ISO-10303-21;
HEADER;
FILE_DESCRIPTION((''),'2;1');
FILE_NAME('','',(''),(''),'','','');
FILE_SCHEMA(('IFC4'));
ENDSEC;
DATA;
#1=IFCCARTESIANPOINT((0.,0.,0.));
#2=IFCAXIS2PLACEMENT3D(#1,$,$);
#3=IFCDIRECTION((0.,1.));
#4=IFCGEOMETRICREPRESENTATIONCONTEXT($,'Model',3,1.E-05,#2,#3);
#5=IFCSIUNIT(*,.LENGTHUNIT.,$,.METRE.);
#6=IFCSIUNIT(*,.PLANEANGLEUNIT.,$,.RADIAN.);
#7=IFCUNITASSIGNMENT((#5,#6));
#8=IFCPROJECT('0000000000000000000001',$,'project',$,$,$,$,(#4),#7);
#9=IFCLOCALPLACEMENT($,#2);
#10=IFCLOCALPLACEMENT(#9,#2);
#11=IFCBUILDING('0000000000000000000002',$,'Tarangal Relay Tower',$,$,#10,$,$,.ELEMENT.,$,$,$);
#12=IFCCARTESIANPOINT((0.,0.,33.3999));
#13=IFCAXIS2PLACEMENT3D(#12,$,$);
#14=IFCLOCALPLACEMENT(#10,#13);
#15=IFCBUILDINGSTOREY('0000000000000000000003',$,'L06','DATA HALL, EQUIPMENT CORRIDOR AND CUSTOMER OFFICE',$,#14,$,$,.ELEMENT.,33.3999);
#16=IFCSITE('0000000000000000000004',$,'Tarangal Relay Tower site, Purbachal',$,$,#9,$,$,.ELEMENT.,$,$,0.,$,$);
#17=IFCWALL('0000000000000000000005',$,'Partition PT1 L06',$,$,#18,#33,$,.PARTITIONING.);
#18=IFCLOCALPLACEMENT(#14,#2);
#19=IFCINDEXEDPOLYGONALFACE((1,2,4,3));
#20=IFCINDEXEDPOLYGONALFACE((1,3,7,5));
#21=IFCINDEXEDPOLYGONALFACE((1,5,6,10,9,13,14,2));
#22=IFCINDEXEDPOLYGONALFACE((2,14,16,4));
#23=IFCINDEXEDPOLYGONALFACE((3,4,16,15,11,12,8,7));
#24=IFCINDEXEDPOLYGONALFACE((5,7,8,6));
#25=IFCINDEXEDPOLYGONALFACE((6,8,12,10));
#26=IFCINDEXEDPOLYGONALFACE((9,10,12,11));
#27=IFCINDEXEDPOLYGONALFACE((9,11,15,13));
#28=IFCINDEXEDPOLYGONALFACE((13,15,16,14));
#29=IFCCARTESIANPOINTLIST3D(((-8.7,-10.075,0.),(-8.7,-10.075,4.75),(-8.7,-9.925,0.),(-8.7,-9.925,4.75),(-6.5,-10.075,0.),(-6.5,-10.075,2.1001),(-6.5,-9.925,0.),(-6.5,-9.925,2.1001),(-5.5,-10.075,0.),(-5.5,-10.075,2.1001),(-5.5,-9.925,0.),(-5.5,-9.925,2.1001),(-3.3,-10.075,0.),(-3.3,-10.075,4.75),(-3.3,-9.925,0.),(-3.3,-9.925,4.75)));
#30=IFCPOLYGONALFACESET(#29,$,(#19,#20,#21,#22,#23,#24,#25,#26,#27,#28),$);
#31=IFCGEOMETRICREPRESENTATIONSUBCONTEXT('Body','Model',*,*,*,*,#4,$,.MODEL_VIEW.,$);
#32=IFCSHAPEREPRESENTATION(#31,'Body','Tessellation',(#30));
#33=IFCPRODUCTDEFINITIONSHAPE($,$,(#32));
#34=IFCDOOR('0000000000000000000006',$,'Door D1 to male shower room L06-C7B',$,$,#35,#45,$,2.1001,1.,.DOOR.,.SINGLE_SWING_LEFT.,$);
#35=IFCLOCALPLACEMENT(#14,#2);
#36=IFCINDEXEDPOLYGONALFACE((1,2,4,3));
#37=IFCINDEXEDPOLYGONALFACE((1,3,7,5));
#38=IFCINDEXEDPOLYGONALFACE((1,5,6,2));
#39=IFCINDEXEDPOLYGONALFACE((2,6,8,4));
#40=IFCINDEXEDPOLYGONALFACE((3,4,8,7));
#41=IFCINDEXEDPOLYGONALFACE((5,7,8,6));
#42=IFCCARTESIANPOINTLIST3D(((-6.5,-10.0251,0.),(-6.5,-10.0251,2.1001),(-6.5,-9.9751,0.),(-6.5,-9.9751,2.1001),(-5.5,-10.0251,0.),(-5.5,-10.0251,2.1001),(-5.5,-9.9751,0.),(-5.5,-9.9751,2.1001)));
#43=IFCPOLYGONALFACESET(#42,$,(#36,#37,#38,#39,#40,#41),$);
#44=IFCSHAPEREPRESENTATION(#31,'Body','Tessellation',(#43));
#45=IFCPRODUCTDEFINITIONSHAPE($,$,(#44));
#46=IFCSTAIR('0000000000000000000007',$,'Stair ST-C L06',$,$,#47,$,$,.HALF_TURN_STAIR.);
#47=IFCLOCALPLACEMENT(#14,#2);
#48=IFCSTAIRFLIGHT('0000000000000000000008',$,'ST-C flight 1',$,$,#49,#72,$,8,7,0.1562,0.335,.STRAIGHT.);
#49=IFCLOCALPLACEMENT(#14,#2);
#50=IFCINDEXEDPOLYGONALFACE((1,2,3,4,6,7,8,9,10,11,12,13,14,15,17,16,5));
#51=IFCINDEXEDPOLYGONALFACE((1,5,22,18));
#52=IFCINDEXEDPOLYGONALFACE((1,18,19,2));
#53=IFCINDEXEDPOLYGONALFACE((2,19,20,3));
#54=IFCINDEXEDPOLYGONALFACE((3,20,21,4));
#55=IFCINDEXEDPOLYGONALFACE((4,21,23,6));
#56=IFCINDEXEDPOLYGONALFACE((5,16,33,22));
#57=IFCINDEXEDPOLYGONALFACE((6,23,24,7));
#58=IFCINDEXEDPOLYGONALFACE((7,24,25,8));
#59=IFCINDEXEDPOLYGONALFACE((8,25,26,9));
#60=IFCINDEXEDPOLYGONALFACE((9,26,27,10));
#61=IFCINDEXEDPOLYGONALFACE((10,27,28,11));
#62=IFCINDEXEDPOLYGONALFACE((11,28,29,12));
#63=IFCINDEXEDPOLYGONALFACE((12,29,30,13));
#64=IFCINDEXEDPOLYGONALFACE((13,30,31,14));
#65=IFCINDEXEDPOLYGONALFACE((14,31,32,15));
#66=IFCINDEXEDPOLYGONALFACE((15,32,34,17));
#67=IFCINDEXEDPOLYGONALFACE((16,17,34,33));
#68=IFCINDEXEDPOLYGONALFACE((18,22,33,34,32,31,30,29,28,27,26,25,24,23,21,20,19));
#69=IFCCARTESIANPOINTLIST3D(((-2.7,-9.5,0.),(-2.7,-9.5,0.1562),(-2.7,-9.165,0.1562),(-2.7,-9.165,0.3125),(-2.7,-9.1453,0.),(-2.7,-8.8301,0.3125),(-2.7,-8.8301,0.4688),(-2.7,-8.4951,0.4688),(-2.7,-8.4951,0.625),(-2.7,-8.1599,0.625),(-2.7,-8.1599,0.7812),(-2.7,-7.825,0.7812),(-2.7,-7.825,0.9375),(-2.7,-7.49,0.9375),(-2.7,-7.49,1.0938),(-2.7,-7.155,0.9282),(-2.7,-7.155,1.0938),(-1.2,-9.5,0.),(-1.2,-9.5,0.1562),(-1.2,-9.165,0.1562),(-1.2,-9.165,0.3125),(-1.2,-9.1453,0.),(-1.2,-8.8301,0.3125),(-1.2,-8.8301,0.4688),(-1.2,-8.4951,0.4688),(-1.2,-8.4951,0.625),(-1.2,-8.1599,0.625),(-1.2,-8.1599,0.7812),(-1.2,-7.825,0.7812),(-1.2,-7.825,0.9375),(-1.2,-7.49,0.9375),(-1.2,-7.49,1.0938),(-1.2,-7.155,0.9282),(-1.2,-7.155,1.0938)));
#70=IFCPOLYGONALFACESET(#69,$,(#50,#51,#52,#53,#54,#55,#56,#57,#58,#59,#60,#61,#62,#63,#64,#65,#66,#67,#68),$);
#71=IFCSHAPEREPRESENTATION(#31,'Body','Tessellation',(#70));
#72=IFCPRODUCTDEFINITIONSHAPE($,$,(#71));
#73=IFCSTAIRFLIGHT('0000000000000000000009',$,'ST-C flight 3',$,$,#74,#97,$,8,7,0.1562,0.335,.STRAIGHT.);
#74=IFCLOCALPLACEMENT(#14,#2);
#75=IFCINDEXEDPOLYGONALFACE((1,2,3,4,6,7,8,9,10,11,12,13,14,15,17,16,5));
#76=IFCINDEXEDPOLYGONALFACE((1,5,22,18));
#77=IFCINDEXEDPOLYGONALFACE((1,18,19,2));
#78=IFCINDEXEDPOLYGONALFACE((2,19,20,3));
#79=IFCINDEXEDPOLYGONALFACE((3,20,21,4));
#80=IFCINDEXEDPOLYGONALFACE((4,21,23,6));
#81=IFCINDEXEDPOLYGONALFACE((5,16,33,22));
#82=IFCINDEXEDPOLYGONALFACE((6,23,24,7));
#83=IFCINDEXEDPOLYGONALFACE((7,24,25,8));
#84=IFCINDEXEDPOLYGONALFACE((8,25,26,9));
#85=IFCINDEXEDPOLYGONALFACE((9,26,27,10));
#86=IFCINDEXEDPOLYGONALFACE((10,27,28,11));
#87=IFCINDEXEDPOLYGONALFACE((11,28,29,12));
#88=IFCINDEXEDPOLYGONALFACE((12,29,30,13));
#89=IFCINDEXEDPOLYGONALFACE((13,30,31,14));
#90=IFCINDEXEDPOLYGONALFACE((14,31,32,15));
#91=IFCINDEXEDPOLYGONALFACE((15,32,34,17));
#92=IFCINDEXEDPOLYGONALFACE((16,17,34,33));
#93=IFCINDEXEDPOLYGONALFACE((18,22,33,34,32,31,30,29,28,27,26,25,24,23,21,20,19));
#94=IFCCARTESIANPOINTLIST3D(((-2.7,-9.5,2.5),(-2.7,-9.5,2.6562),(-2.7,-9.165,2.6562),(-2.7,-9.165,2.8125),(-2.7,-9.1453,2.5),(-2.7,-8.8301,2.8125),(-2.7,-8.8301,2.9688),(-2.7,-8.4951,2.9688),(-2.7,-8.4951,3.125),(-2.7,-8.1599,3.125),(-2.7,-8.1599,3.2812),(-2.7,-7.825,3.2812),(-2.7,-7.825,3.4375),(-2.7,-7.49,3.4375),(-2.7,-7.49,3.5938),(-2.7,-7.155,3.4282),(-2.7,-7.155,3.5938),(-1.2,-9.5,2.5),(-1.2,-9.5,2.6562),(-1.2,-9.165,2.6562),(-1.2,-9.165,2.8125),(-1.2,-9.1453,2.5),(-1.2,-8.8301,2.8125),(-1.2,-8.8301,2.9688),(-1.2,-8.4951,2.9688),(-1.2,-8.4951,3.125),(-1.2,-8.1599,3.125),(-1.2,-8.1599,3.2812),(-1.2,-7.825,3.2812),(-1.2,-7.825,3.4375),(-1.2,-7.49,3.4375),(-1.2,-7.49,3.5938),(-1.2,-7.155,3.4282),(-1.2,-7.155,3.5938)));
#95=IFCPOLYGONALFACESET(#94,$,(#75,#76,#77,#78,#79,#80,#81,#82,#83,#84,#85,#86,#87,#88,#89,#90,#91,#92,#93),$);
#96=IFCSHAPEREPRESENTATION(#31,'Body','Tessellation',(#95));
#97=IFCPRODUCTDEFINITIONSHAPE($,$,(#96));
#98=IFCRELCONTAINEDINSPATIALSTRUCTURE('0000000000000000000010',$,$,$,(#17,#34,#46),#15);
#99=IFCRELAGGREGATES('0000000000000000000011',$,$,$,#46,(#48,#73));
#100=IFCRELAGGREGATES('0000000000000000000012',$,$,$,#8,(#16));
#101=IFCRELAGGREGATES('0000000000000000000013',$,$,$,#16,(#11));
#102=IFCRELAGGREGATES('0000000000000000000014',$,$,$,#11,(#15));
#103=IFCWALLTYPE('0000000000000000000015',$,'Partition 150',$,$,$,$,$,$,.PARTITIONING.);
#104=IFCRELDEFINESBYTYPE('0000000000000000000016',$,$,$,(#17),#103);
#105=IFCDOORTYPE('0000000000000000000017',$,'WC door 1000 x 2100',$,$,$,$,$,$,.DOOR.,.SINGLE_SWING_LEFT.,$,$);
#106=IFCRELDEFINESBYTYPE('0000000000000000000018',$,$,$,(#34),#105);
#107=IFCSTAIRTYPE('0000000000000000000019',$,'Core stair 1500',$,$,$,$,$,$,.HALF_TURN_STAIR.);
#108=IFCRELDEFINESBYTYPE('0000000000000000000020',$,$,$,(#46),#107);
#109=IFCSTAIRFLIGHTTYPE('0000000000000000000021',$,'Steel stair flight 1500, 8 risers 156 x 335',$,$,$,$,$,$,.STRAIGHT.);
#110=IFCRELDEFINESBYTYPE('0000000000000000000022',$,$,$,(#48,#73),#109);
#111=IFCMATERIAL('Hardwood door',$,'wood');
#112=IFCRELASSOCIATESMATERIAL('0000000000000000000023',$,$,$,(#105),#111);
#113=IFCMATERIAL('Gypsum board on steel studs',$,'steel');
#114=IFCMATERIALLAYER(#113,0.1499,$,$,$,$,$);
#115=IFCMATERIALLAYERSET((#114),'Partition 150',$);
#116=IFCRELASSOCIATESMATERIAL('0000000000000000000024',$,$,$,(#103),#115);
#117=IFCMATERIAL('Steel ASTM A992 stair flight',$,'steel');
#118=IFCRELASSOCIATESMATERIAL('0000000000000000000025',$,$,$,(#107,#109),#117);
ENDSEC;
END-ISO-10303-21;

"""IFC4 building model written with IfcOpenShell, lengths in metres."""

from ifc_helpers import new_model, si_unit, direction, frame, frame_2d, origin, place, context, subcontext, project, spatial, polyline, rectangle, outline, extrude, material, layer, layer_set, type_object, element, fill, aggregate, save


model = new_model("IFC4")

# Units and contexts
model_context = context("Model", 3, precision=1e-05, world=origin(), true_north=direction((0.0, 1.0)))
body_context = subcontext(model_context, "Body", "Model", "MODEL_VIEW")
ifc_project = project(units=[si_unit("LENGTHUNIT", "METRE"), si_unit("PLANEANGLEUNIT", "RADIAN")], contexts=[model_context])

# Site, building, storey
site_placement = place(None, origin())
site = spatial("IfcSite", under=ifc_project, at=site_placement, Name="Tarangal Relay Tower site, Purbachal", CompositionType="ELEMENT", RefElevation=0.0)
building_placement = place(site_placement, origin())
building = spatial("IfcBuilding", under=site, at=building_placement, Name="Tarangal Relay Tower", CompositionType="ELEMENT")
storey_placement = place(building_placement, frame((0.0, 0.0, 33.3999)))
storey = spatial("IfcBuildingStorey", under=building, at=storey_placement, Name="L06", Description="DATA HALL, EQUIPMENT CORRIDOR AND CUSTOMER OFFICE", CompositionType="ELEMENT", Elevation=33.3999)

# Shared definitions
ifc_material_1 = material(Name="Hardwood door", Category="wood")
door_type_1 = type_object("IfcDoorType", Name="WC door 1000 x 2100", OperationType="SINGLE_SWING_LEFT", PredefinedType="DOOR", material=ifc_material_1)

# Shared definitions
ifc_material_2 = material(Name="Gypsum board on steel studs", Category="steel")
ifc_layer_1 = layer(ifc_material_2, 0.1499)
ifc_layer_set_1 = layer_set([ifc_layer_1], Name="Partition 150")
wall_type_1 = type_object("IfcWallType", Name="Partition 150", PredefinedType="PARTITIONING", material=ifc_layer_set_1)

# Wall, opening, door
wall_1_placement = place(storey_placement, frame((-8.7, -10.0, 0.0), z_axis=(0.0, 0.0, 1.0), x_axis=(1.0, 0.0, 0.0)))
wall_1 = element("IfcWall", 1, at=wall_1_placement, inside=storey, type_object=wall_type_1, Name="Partition PT1 L06", PredefinedType="PARTITIONING", context=body_context, shape_type="SweptSolid", body=[
    extrude(rectangle(XDim=5.3999, YDim=0.1499, at=frame_2d((2.7, 0.0))), origin(), (0.0, 0.0, 1.0), 4.75),
])
opening_1_placement = place(wall_1_placement, frame((2.2, 0.0, 0.0)))
opening_1 = element("IfcOpeningElement", 2, at=opening_1_placement, cuts=wall_1, PredefinedType="OPENING", context=body_context, shape_type="SweptSolid", body=[
    extrude(rectangle(XDim=1.0, YDim=2.1001, at=frame_2d((0.5, 1.05))), frame((0.0, 0.085, 0.0), z_axis=(0.0, -1.0, 0.0), x_axis=(1.0, 0.0, 0.0)), (0.0, 0.0, 1.0), 0.1699),
])
door_1_placement = place(opening_1_placement, origin())
door_1 = element("IfcDoor", 3, at=door_1_placement, inside=storey, type_object=door_type_1, Name="Door D1 to male shower room L06-C7B", OperationType="SINGLE_SWING_LEFT", OverallHeight=2.1001, OverallWidth=1.0, PredefinedType="DOOR", context=body_context, shape_type="SweptSolid", body=[
    extrude(rectangle(XDim=1.0, YDim=2.1001, at=frame_2d((0.5, 1.05))), frame((0.0, 0.0249, 0.0), z_axis=(0.0, -1.0, 0.0), x_axis=(1.0, 0.0, 0.0)), (0.0, 0.0, 1.0), 0.05),
])
fill(opening_1, door_1)

# Stair, stair flights
ifc_material_3 = material(Name="Steel ASTM A992 stair flight", Category="steel")
stair_type = type_object("IfcStairType", Name="Core stair 1500", PredefinedType="HALF_TURN_STAIR", material=ifc_material_3)
stair_placement = place(storey_placement, origin())
stair = element("IfcStair", 4, at=stair_placement, inside=storey, type_object=stair_type, Name="Stair ST-C L06", PredefinedType="HALF_TURN_STAIR")
stair_flight_type = type_object("IfcStairFlightType", Name="Steel stair flight 1500, 8 risers 156 x 335", PredefinedType="STRAIGHT", material=ifc_material_3)
stair_flight_1_placement = place(storey_placement, frame((-1.95, -9.5, 0.0), z_axis=(0.0, 0.0, 1.0), x_axis=(0.0, 1.0, 0.0)))
stair_flight_1 = element("IfcStairFlight", 5, at=stair_flight_1_placement, type_object=stair_flight_type, Name="ST-C flight 1", NumberOfRisers=8, NumberOfTreads=7, PredefinedType="STRAIGHT", RiserHeight=0.1562, TreadLength=0.335, context=body_context, shape_type="SweptSolid", body=[
    extrude(outline(polyline([(0.0, 0.0), (0.0, 0.1562), (0.335, 0.1562), (0.335, 0.3125), (0.6699, 0.3125), (0.6699, 0.4688), (1.0049, 0.4688), (1.0049, 0.625), (1.3401, 0.625), (1.3401, 0.7812), (1.675, 0.7812), (1.675, 0.9375), (2.01, 0.9375), (2.01, 1.0938), (2.345, 1.0938), (2.345, 1.25), (2.345, 0.9282), (0.3547, 0.0), (0.0, 0.0)])), frame((0.0, 0.75, 0.0), z_axis=(0.0, -1.0, 0.0), x_axis=(1.0, 0.0, 0.0)), (0.0, 0.0, 1.0), 1.5),
])
stair_flight_2_placement = place(storey_placement, frame((-1.95, -9.5, 2.5), z_axis=(0.0, 0.0, 1.0), x_axis=(0.0, 1.0, 0.0)))
stair_flight_2 = element("IfcStairFlight", 6, at=stair_flight_2_placement, type_object=stair_flight_type, Name="ST-C flight 3", NumberOfRisers=8, NumberOfTreads=7, PredefinedType="STRAIGHT", RiserHeight=0.1562, TreadLength=0.335, context=body_context, shape_type="SweptSolid", body=[
    extrude(outline(polyline([(0.0, 0.0), (0.0, 0.1562), (0.335, 0.1562), (0.335, 0.3125), (0.6699, 0.3125), (0.6699, 0.4688), (1.0049, 0.4688), (1.0049, 0.625), (1.3401, 0.625), (1.3401, 0.7812), (1.675, 0.7812), (1.675, 0.9375), (2.01, 0.9375), (2.01, 1.0938), (2.345, 1.0938), (2.345, 1.25), (2.345, 0.9282), (0.3547, 0.0), (0.0, 0.0)])), frame((0.0, 0.75, 0.0), z_axis=(0.0, -1.0, 0.0), x_axis=(1.0, 0.0, 0.0)), (0.0, 0.0, 1.0), 1.5),
])
aggregate(stair, [stair_flight_1, stair_flight_2])

save(model, "model.ifc")
